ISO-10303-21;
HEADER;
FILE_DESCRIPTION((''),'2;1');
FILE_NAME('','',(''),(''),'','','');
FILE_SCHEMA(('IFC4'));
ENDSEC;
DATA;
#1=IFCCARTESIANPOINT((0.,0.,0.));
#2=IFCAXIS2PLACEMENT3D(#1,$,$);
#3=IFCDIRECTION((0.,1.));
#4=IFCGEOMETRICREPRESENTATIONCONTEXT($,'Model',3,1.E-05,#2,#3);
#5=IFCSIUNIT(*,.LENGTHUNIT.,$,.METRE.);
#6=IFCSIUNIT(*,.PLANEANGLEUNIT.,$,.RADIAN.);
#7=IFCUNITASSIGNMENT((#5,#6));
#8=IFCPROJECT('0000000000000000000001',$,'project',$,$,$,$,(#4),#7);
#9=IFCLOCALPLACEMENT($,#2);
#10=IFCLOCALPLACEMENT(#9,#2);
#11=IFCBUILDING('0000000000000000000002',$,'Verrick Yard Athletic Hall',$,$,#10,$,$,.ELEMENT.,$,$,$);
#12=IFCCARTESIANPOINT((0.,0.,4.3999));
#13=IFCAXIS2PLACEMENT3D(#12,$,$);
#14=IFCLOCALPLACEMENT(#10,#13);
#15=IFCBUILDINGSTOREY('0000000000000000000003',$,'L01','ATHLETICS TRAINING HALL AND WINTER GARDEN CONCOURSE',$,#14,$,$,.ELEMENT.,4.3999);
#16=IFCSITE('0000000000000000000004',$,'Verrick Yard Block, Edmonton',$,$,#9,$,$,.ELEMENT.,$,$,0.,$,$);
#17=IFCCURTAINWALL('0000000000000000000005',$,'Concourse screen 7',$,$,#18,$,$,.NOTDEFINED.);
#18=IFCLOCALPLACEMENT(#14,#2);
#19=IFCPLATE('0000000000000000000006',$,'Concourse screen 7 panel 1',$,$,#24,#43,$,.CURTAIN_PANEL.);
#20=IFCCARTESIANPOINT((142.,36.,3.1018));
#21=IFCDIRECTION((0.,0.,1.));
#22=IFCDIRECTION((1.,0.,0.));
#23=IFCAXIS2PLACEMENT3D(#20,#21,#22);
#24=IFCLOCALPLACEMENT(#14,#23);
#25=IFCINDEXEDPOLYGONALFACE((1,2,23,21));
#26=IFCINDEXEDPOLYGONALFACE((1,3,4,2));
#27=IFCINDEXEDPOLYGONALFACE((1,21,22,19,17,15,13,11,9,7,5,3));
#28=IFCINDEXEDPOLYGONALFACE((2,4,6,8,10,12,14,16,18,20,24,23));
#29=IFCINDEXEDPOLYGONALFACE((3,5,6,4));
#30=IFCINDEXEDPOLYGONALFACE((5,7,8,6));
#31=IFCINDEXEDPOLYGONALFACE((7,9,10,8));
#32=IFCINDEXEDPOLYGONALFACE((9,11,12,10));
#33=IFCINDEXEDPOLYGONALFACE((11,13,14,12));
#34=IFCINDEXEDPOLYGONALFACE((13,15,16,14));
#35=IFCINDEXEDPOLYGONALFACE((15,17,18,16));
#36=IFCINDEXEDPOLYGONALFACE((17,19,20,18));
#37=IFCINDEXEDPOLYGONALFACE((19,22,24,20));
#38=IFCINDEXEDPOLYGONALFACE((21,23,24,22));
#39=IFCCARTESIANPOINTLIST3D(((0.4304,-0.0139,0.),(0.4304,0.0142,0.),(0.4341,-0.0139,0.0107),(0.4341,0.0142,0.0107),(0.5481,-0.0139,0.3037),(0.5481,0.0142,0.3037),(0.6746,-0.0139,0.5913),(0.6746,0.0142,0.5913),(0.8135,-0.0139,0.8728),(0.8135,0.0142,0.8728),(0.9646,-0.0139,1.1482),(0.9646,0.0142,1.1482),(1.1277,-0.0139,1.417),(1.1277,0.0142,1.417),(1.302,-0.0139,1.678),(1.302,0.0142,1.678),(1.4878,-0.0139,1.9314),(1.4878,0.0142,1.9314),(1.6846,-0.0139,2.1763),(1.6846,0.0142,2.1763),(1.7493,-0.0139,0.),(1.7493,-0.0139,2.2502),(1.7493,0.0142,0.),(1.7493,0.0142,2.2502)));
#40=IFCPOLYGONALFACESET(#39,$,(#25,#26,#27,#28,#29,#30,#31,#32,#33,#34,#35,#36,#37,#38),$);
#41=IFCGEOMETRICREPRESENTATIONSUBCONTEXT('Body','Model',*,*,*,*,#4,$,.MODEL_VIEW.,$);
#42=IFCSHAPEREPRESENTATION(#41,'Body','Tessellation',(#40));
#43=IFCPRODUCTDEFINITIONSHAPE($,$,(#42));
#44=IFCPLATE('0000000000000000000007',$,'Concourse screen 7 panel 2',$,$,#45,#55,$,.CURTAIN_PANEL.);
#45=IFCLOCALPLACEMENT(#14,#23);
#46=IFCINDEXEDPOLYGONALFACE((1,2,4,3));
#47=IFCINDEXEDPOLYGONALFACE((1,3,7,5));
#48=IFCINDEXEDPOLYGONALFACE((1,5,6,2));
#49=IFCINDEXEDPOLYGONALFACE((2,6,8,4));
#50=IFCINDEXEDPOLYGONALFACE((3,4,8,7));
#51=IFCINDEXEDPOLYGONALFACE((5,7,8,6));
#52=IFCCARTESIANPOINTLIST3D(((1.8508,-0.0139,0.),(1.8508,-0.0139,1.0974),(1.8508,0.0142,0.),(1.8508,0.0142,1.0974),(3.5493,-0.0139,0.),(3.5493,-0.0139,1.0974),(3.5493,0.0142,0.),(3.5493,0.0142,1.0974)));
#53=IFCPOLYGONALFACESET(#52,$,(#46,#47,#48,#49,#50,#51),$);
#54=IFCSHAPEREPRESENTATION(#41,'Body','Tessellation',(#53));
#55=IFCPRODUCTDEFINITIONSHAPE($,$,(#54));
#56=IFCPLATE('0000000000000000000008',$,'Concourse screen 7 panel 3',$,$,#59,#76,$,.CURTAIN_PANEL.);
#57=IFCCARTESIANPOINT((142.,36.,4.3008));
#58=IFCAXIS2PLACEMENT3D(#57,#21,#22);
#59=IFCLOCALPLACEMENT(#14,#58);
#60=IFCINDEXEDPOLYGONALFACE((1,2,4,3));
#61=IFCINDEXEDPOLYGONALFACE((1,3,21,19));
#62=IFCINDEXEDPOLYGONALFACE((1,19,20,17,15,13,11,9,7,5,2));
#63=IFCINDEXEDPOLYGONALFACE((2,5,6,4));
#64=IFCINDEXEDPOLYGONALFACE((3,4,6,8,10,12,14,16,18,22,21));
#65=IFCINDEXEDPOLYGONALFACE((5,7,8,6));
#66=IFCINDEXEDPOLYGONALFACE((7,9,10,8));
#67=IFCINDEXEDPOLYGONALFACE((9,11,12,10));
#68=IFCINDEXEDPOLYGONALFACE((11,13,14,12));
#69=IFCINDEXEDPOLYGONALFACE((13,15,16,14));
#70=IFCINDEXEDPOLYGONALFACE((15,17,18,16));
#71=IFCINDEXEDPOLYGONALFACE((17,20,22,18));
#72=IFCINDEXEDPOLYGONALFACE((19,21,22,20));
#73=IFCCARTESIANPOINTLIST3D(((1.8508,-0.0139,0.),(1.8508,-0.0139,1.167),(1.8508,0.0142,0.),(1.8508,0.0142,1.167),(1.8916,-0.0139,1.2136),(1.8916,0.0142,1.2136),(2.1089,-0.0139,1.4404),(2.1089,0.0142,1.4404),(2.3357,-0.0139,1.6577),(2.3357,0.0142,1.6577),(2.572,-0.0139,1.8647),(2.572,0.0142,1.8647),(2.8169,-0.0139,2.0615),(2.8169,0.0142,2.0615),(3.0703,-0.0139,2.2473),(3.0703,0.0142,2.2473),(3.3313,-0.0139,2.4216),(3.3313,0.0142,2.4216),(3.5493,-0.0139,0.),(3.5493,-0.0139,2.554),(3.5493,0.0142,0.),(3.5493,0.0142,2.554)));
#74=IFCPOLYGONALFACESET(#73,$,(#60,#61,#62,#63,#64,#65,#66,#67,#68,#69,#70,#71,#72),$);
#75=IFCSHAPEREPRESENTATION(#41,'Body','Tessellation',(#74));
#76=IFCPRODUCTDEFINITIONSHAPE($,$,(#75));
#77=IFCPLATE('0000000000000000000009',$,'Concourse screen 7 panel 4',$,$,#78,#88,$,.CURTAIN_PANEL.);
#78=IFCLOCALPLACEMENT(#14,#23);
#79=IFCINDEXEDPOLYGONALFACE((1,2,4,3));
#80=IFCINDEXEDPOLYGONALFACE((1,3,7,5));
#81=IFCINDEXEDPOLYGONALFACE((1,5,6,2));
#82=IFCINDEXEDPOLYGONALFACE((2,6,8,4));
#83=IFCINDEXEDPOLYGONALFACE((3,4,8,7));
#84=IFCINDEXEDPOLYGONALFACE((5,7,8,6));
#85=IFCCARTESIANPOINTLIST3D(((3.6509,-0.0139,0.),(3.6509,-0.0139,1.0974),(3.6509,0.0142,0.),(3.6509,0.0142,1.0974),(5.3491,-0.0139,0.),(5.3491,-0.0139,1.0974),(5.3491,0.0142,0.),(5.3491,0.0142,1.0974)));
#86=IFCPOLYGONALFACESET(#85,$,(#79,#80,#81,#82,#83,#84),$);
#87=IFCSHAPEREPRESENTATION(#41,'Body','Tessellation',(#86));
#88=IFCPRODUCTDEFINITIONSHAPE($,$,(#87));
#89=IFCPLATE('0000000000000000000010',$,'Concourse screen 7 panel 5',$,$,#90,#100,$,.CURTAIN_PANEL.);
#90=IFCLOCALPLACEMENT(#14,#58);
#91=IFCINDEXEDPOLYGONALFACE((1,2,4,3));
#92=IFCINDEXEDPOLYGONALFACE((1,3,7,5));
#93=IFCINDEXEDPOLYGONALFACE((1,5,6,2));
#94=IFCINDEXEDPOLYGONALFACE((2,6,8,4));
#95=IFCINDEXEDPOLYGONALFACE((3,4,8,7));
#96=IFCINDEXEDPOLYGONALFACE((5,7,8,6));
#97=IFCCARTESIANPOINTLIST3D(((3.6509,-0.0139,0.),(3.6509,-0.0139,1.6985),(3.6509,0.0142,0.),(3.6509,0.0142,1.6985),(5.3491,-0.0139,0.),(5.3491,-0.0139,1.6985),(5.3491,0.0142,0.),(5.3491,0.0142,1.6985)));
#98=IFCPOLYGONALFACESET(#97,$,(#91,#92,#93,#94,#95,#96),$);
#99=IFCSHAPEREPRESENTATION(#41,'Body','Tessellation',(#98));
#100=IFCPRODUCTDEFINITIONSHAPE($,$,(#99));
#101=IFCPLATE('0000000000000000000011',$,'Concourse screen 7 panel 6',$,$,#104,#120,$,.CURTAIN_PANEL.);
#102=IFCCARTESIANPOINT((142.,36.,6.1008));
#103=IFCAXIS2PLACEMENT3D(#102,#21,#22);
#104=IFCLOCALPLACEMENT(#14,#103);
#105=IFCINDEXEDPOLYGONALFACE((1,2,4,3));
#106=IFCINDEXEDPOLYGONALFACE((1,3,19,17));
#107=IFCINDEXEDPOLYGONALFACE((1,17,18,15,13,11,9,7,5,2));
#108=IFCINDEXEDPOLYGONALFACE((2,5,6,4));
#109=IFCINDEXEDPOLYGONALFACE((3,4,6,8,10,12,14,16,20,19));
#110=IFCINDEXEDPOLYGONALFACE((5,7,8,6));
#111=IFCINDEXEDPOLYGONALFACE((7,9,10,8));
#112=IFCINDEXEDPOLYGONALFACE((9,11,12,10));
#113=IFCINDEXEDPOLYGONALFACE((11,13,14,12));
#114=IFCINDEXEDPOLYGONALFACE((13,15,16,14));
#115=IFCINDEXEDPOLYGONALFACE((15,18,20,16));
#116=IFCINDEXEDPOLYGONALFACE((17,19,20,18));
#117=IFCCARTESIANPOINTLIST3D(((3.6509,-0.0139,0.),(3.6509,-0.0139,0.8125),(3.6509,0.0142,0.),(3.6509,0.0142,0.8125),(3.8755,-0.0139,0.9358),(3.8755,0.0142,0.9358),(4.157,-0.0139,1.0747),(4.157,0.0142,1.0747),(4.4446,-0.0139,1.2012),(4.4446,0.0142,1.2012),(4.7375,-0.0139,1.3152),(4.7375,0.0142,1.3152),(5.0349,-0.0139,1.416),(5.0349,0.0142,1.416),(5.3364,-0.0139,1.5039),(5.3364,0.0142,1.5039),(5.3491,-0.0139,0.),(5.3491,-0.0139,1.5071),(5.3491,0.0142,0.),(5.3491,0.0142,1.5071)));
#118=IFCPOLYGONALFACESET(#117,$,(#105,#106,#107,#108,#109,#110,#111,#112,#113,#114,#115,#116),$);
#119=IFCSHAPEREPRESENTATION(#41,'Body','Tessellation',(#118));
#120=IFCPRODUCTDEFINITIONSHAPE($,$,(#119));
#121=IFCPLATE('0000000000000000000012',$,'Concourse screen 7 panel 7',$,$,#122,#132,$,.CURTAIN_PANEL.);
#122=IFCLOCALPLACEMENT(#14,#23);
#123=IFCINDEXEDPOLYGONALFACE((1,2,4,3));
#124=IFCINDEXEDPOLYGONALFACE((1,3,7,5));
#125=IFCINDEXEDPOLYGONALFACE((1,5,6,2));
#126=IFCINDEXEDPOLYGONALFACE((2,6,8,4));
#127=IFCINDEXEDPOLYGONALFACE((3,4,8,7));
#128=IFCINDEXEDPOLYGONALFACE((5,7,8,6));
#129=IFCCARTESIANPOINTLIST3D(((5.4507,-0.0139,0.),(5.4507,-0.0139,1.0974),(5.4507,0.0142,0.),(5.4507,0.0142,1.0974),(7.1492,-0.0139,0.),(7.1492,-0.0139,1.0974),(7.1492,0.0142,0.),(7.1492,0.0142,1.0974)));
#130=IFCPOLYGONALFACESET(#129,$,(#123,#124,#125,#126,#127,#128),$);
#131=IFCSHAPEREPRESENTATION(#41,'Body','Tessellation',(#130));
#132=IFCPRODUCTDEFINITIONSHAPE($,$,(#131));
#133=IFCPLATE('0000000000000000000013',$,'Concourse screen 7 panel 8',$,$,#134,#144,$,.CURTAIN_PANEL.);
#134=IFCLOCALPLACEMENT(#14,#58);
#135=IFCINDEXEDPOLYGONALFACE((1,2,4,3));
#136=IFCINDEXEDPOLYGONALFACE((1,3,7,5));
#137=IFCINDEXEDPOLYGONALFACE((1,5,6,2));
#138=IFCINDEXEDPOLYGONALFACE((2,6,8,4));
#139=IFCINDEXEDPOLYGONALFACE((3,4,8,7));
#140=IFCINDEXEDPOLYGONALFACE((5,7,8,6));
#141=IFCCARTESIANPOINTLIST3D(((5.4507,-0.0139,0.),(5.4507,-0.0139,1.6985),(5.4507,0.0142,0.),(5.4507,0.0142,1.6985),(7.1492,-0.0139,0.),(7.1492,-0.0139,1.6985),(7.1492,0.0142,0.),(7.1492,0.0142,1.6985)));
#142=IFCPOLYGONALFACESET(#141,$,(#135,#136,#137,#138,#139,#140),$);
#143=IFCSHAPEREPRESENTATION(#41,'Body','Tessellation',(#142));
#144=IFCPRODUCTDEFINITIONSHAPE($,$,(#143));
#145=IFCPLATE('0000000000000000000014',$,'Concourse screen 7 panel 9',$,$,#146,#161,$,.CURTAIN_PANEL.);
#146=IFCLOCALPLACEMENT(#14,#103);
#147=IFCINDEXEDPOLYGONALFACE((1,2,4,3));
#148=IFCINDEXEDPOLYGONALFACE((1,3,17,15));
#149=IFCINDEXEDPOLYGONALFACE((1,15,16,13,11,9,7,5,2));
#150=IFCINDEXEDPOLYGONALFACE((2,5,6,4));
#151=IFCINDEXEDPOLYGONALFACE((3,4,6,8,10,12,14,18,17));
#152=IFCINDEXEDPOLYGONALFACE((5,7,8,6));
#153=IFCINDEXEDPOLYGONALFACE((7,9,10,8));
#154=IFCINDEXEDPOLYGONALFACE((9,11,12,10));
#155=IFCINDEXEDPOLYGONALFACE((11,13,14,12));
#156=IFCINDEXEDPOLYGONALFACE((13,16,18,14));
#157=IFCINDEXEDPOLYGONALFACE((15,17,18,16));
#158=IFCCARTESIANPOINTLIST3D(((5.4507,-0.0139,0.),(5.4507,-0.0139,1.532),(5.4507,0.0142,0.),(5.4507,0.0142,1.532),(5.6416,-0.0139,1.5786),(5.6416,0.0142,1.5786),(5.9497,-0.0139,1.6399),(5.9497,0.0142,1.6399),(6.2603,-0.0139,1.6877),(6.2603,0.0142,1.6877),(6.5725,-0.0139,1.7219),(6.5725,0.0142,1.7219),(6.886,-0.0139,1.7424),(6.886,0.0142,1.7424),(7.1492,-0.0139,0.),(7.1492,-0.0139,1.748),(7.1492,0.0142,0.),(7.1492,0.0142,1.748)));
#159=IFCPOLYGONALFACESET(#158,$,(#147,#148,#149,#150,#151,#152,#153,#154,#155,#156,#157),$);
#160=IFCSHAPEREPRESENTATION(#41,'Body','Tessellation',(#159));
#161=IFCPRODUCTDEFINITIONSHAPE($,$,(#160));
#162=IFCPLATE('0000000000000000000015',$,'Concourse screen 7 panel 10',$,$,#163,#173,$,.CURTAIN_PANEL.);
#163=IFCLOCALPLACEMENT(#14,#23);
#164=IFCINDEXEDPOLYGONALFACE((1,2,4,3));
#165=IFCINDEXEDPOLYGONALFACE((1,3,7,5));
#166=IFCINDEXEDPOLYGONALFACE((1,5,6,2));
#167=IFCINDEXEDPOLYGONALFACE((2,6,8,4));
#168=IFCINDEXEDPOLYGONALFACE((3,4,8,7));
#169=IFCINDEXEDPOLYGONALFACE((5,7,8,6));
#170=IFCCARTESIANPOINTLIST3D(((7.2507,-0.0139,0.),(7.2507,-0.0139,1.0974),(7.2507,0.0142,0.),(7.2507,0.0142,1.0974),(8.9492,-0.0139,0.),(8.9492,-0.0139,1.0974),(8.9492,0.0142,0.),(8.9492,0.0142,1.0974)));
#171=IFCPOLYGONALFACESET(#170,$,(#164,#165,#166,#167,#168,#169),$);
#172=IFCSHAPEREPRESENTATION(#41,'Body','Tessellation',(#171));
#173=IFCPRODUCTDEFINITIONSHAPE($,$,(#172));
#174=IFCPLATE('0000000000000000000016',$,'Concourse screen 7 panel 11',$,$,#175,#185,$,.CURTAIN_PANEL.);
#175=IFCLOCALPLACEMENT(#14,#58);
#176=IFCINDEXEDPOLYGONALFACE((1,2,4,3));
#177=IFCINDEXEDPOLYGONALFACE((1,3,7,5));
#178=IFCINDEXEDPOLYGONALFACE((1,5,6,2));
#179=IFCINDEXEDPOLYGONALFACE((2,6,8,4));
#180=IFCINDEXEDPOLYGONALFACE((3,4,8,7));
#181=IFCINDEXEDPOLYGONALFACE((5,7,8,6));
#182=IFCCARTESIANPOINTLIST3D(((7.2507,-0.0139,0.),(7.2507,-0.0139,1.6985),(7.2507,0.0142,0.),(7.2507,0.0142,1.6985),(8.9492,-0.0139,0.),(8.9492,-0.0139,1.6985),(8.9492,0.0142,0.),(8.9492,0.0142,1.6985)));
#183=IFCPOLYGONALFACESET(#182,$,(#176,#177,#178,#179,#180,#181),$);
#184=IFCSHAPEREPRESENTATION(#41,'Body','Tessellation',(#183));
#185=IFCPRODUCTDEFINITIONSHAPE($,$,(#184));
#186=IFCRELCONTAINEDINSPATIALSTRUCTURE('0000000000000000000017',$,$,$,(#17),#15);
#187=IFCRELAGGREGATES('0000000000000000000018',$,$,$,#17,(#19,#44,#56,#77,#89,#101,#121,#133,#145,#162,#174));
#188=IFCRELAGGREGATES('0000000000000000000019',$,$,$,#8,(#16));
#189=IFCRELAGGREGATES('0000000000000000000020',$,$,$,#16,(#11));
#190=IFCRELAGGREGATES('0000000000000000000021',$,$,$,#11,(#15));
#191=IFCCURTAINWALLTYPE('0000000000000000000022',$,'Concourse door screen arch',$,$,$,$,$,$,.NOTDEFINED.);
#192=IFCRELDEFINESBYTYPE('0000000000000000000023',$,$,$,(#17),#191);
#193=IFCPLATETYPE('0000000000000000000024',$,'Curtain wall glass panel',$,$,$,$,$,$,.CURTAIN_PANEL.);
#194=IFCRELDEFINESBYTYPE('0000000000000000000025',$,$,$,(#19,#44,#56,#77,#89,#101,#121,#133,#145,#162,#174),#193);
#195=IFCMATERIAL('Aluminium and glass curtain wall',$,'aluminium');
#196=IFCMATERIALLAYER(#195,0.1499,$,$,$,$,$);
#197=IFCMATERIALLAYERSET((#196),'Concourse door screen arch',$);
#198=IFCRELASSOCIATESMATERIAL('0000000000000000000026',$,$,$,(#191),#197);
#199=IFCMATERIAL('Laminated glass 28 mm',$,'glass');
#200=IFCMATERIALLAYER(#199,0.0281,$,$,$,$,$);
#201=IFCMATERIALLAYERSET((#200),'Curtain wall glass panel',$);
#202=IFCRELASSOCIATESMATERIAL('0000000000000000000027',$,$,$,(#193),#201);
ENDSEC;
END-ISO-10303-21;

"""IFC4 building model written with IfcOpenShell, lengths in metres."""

from ifc_helpers import new_model, si_unit, direction, frame, origin, place, context, subcontext, project, spatial, polyline, outline, extrude, material, layer, layer_set, type_object, element, aggregate, save


model = new_model("IFC4")

# Units and contexts
model_context = context("Model", 3, precision=1e-05, world=origin(), true_north=direction((0.0, 1.0)))
body_context = subcontext(model_context, "Body", "Model", "MODEL_VIEW")
ifc_project = project(units=[si_unit("LENGTHUNIT", "METRE"), si_unit("PLANEANGLEUNIT", "RADIAN")], contexts=[model_context])

# Site, building, storey
site_placement = place(None, origin())
site = spatial("IfcSite", under=ifc_project, at=site_placement, Name="Verrick Yard Block, Edmonton", CompositionType="ELEMENT", RefElevation=0.0)
building_placement = place(site_placement, origin())
building = spatial("IfcBuilding", under=site, at=building_placement, Name="Verrick Yard Athletic Hall", CompositionType="ELEMENT")
storey_placement = place(building_placement, frame((0.0, 0.0, 4.3999)))
storey = spatial("IfcBuildingStorey", under=building, at=storey_placement, Name="L01", Description="ATHLETICS TRAINING HALL AND WINTER GARDEN CONCOURSE", CompositionType="ELEMENT", Elevation=4.3999)

# Shared definitions
ifc_material_1 = material(Name="Aluminium and glass curtain wall", Category="aluminium")

# Curtain wall, plates
ifc_layer_1 = layer(ifc_material_1, 0.1499)
ifc_layer_set_1 = layer_set([ifc_layer_1], Name="Concourse door screen arch")
curtain_wall_type_1 = type_object("IfcCurtainWallType", Name="Concourse door screen arch", PredefinedType="NOTDEFINED", material=ifc_layer_set_1)
curtain_wall_1_placement = place(storey_placement, origin())
curtain_wall_1 = element("IfcCurtainWall", 1, at=curtain_wall_1_placement, inside=storey, type_object=curtain_wall_type_1, Name="Concourse screen 7", PredefinedType="NOTDEFINED")
ifc_material_2 = material(Name="Laminated glass 28 mm", Category="glass")
ifc_layer_2 = layer(ifc_material_2, 0.0281)
ifc_layer_set_2 = layer_set([ifc_layer_2], Name="Curtain wall glass panel")
plate_type = type_object("IfcPlateType", Name="Curtain wall glass panel", PredefinedType="CURTAIN_PANEL", material=ifc_layer_set_2)
plate_1_placement = place(storey_placement, frame((142.0, 36.0, 3.1018), z_axis=(0.0, 0.0, 1.0), x_axis=(1.0, 0.0, 0.0)))
plate_1 = element("IfcPlate", 2, at=plate_1_placement, type_object=plate_type, Name="Concourse screen 7 panel 1", PredefinedType="CURTAIN_PANEL", context=body_context, shape_type="SweptSolid", body=[
    extrude(outline(polyline([(1.7493, 2.2502), (1.6846, 2.1763), (1.4878, 1.9314), (1.302, 1.678), (1.1277, 1.417), (0.9646, 1.1482), (0.8135, 0.8728), (0.6746, 0.5913), (0.5481, 0.3037), (0.4341, 0.0107), (0.4304, 0.0), (1.7493, 0.0), (1.7493, 2.2502)])), frame((0.0, 0.0142, 0.0), z_axis=(0.0, -1.0, 0.0), x_axis=(1.0, 0.0, 0.0)), (0.0, 0.0, 1.0), 0.0281),
])
plate_2_placement = place(storey_placement, frame((142.0, 36.0, 3.1018), z_axis=(0.0, 0.0, 1.0), x_axis=(1.0, 0.0, 0.0)))
plate_2 = element("IfcPlate", 3, at=plate_2_placement, type_object=plate_type, Name="Concourse screen 7 panel 2", PredefinedType="CURTAIN_PANEL", context=body_context, shape_type="SweptSolid", body=[
    extrude(outline(polyline([(3.5493, 0.0), (3.5493, 1.0974), (1.8508, 1.0974), (1.8508, 0.0), (3.5493, 0.0)])), frame((0.0, 0.0142, 0.0), z_axis=(0.0, -1.0, 0.0), x_axis=(1.0, 0.0, 0.0)), (0.0, 0.0, 1.0), 0.0281),
])
plate_3_placement = place(storey_placement, frame((142.0, 36.0, 4.3008), z_axis=(0.0, 0.0, 1.0), x_axis=(1.0, 0.0, 0.0)))
plate_3 = element("IfcPlate", 4, at=plate_3_placement, type_object=plate_type, Name="Concourse screen 7 panel 3", PredefinedType="CURTAIN_PANEL", context=body_context, shape_type="SweptSolid", body=[
    extrude(outline(polyline([(3.5493, 2.554), (3.3313, 2.4216), (3.0703, 2.2473), (2.8169, 2.0615), (2.572, 1.8647), (2.3357, 1.6577), (2.1089, 1.4404), (1.8916, 1.2136), (1.8508, 1.167), (1.8508, 0.0), (3.5493, 0.0), (3.5493, 2.554)])), frame((0.0, 0.0142, 0.0), z_axis=(0.0, -1.0, 0.0), x_axis=(1.0, 0.0, 0.0)), (0.0, 0.0, 1.0), 0.0281),
])
plate_4_placement = place(storey_placement, frame((142.0, 36.0, 3.1018), z_axis=(0.0, 0.0, 1.0), x_axis=(1.0, 0.0, 0.0)))
plate_4 = element("IfcPlate", 5, at=plate_4_placement, type_object=plate_type, Name="Concourse screen 7 panel 4", PredefinedType="CURTAIN_PANEL", context=body_context, shape_type="SweptSolid", body=[
    extrude(outline(polyline([(5.3491, 0.0), (5.3491, 1.0974), (3.6509, 1.0974), (3.6509, 0.0), (5.3491, 0.0)])), frame((0.0, 0.0142, 0.0), z_axis=(0.0, -1.0, 0.0), x_axis=(1.0, 0.0, 0.0)), (0.0, 0.0, 1.0), 0.0281),
])
plate_5_placement = place(storey_placement, frame((142.0, 36.0, 4.3008), z_axis=(0.0, 0.0, 1.0), x_axis=(1.0, 0.0, 0.0)))
plate_5 = element("IfcPlate", 6, at=plate_5_placement, type_object=plate_type, Name="Concourse screen 7 panel 5", PredefinedType="CURTAIN_PANEL", context=body_context, shape_type="SweptSolid", body=[
    extrude(outline(polyline([(5.3491, 0.0), (5.3491, 1.6985), (3.6509, 1.6985), (3.6509, 0.0), (5.3491, 0.0)])), frame((0.0, 0.0142, 0.0), z_axis=(0.0, -1.0, 0.0), x_axis=(1.0, 0.0, 0.0)), (0.0, 0.0, 1.0), 0.0281),
])
plate_6_placement = place(storey_placement, frame((142.0, 36.0, 6.1008), z_axis=(0.0, 0.0, 1.0), x_axis=(1.0, 0.0, 0.0)))
plate_6 = element("IfcPlate", 7, at=plate_6_placement, type_object=plate_type, Name="Concourse screen 7 panel 6", PredefinedType="CURTAIN_PANEL", context=body_context, shape_type="SweptSolid", body=[
    extrude(outline(polyline([(5.3491, 1.5071), (5.3364, 1.5039), (5.0349, 1.416), (4.7375, 1.3152), (4.4446, 1.2012), (4.157, 1.0747), (3.8755, 0.9358), (3.6509, 0.8125), (3.6509, 0.0), (5.3491, 0.0), (5.3491, 1.5071)])), frame((0.0, 0.0142, 0.0), z_axis=(0.0, -1.0, 0.0), x_axis=(1.0, 0.0, 0.0)), (0.0, 0.0, 1.0), 0.0281),
])
plate_7_placement = place(storey_placement, frame((142.0, 36.0, 3.1018), z_axis=(0.0, 0.0, 1.0), x_axis=(1.0, 0.0, 0.0)))
plate_7 = element("IfcPlate", 8, at=plate_7_placement, type_object=plate_type, Name="Concourse screen 7 panel 7", PredefinedType="CURTAIN_PANEL", context=body_context, shape_type="SweptSolid", body=[
    extrude(outline(polyline([(7.1492, 0.0), (7.1492, 1.0974), (5.4507, 1.0974), (5.4507, 0.0), (7.1492, 0.0)])), frame((0.0, 0.0142, 0.0), z_axis=(0.0, -1.0, 0.0), x_axis=(1.0, 0.0, 0.0)), (0.0, 0.0, 1.0), 0.0281),
])
plate_8_placement = place(storey_placement, frame((142.0, 36.0, 4.3008), z_axis=(0.0, 0.0, 1.0), x_axis=(1.0, 0.0, 0.0)))
plate_8 = element("IfcPlate", 9, at=plate_8_placement, type_object=plate_type, Name="Concourse screen 7 panel 8", PredefinedType="CURTAIN_PANEL", context=body_context, shape_type="SweptSolid", body=[
    extrude(outline(polyline([(7.1492, 0.0), (7.1492, 1.6985), (5.4507, 1.6985), (5.4507, 0.0), (7.1492, 0.0)])), frame((0.0, 0.0142, 0.0), z_axis=(0.0, -1.0, 0.0), x_axis=(1.0, 0.0, 0.0)), (0.0, 0.0, 1.0), 0.0281),
])
plate_9_placement = place(storey_placement, frame((142.0, 36.0, 6.1008), z_axis=(0.0, 0.0, 1.0), x_axis=(1.0, 0.0, 0.0)))
plate_9 = element("IfcPlate", 10, at=plate_9_placement, type_object=plate_type, Name="Concourse screen 7 panel 9", PredefinedType="CURTAIN_PANEL", context=body_context, shape_type="SweptSolid", body=[
    extrude(outline(polyline([(7.1492, 1.748), (6.886, 1.7424), (6.5725, 1.7219), (6.2603, 1.6877), (5.9497, 1.6399), (5.6416, 1.5786), (5.4507, 1.532), (5.4507, 0.0), (7.1492, 0.0), (7.1492, 1.748)])), frame((0.0, 0.0142, 0.0), z_axis=(0.0, -1.0, 0.0), x_axis=(1.0, 0.0, 0.0)), (0.0, 0.0, 1.0), 0.0281),
])
plate_10_placement = place(storey_placement, frame((142.0, 36.0, 3.1018), z_axis=(0.0, 0.0, 1.0), x_axis=(1.0, 0.0, 0.0)))
plate_10 = element("IfcPlate", 11, at=plate_10_placement, type_object=plate_type, Name="Concourse screen 7 panel 10", PredefinedType="CURTAIN_PANEL", context=body_context, shape_type="SweptSolid", body=[
    extrude(outline(polyline([(8.9492, 0.0), (8.9492, 1.0974), (7.2507, 1.0974), (7.2507, 0.0), (8.9492, 0.0)])), frame((0.0, 0.0142, 0.0), z_axis=(0.0, -1.0, 0.0), x_axis=(1.0, 0.0, 0.0)), (0.0, 0.0, 1.0), 0.0281),
])
plate_11_placement = place(storey_placement, frame((142.0, 36.0, 4.3008), z_axis=(0.0, 0.0, 1.0), x_axis=(1.0, 0.0, 0.0)))
plate_11 = element("IfcPlate", 12, at=plate_11_placement, type_object=plate_type, Name="Concourse screen 7 panel 11", PredefinedType="CURTAIN_PANEL", context=body_context, shape_type="SweptSolid", body=[
    extrude(outline(polyline([(8.9492, 0.0), (8.9492, 1.6985), (7.2507, 1.6985), (7.2507, 0.0), (8.9492, 0.0)])), frame((0.0, 0.0142, 0.0), z_axis=(0.0, -1.0, 0.0), x_axis=(1.0, 0.0, 0.0)), (0.0, 0.0, 1.0), 0.0281),
])
aggregate(curtain_wall_1, [plate_1, plate_2, plate_3, plate_4, plate_5, plate_6, plate_7, plate_8, plate_9, plate_10, plate_11])

save(model, "model.ifc")
